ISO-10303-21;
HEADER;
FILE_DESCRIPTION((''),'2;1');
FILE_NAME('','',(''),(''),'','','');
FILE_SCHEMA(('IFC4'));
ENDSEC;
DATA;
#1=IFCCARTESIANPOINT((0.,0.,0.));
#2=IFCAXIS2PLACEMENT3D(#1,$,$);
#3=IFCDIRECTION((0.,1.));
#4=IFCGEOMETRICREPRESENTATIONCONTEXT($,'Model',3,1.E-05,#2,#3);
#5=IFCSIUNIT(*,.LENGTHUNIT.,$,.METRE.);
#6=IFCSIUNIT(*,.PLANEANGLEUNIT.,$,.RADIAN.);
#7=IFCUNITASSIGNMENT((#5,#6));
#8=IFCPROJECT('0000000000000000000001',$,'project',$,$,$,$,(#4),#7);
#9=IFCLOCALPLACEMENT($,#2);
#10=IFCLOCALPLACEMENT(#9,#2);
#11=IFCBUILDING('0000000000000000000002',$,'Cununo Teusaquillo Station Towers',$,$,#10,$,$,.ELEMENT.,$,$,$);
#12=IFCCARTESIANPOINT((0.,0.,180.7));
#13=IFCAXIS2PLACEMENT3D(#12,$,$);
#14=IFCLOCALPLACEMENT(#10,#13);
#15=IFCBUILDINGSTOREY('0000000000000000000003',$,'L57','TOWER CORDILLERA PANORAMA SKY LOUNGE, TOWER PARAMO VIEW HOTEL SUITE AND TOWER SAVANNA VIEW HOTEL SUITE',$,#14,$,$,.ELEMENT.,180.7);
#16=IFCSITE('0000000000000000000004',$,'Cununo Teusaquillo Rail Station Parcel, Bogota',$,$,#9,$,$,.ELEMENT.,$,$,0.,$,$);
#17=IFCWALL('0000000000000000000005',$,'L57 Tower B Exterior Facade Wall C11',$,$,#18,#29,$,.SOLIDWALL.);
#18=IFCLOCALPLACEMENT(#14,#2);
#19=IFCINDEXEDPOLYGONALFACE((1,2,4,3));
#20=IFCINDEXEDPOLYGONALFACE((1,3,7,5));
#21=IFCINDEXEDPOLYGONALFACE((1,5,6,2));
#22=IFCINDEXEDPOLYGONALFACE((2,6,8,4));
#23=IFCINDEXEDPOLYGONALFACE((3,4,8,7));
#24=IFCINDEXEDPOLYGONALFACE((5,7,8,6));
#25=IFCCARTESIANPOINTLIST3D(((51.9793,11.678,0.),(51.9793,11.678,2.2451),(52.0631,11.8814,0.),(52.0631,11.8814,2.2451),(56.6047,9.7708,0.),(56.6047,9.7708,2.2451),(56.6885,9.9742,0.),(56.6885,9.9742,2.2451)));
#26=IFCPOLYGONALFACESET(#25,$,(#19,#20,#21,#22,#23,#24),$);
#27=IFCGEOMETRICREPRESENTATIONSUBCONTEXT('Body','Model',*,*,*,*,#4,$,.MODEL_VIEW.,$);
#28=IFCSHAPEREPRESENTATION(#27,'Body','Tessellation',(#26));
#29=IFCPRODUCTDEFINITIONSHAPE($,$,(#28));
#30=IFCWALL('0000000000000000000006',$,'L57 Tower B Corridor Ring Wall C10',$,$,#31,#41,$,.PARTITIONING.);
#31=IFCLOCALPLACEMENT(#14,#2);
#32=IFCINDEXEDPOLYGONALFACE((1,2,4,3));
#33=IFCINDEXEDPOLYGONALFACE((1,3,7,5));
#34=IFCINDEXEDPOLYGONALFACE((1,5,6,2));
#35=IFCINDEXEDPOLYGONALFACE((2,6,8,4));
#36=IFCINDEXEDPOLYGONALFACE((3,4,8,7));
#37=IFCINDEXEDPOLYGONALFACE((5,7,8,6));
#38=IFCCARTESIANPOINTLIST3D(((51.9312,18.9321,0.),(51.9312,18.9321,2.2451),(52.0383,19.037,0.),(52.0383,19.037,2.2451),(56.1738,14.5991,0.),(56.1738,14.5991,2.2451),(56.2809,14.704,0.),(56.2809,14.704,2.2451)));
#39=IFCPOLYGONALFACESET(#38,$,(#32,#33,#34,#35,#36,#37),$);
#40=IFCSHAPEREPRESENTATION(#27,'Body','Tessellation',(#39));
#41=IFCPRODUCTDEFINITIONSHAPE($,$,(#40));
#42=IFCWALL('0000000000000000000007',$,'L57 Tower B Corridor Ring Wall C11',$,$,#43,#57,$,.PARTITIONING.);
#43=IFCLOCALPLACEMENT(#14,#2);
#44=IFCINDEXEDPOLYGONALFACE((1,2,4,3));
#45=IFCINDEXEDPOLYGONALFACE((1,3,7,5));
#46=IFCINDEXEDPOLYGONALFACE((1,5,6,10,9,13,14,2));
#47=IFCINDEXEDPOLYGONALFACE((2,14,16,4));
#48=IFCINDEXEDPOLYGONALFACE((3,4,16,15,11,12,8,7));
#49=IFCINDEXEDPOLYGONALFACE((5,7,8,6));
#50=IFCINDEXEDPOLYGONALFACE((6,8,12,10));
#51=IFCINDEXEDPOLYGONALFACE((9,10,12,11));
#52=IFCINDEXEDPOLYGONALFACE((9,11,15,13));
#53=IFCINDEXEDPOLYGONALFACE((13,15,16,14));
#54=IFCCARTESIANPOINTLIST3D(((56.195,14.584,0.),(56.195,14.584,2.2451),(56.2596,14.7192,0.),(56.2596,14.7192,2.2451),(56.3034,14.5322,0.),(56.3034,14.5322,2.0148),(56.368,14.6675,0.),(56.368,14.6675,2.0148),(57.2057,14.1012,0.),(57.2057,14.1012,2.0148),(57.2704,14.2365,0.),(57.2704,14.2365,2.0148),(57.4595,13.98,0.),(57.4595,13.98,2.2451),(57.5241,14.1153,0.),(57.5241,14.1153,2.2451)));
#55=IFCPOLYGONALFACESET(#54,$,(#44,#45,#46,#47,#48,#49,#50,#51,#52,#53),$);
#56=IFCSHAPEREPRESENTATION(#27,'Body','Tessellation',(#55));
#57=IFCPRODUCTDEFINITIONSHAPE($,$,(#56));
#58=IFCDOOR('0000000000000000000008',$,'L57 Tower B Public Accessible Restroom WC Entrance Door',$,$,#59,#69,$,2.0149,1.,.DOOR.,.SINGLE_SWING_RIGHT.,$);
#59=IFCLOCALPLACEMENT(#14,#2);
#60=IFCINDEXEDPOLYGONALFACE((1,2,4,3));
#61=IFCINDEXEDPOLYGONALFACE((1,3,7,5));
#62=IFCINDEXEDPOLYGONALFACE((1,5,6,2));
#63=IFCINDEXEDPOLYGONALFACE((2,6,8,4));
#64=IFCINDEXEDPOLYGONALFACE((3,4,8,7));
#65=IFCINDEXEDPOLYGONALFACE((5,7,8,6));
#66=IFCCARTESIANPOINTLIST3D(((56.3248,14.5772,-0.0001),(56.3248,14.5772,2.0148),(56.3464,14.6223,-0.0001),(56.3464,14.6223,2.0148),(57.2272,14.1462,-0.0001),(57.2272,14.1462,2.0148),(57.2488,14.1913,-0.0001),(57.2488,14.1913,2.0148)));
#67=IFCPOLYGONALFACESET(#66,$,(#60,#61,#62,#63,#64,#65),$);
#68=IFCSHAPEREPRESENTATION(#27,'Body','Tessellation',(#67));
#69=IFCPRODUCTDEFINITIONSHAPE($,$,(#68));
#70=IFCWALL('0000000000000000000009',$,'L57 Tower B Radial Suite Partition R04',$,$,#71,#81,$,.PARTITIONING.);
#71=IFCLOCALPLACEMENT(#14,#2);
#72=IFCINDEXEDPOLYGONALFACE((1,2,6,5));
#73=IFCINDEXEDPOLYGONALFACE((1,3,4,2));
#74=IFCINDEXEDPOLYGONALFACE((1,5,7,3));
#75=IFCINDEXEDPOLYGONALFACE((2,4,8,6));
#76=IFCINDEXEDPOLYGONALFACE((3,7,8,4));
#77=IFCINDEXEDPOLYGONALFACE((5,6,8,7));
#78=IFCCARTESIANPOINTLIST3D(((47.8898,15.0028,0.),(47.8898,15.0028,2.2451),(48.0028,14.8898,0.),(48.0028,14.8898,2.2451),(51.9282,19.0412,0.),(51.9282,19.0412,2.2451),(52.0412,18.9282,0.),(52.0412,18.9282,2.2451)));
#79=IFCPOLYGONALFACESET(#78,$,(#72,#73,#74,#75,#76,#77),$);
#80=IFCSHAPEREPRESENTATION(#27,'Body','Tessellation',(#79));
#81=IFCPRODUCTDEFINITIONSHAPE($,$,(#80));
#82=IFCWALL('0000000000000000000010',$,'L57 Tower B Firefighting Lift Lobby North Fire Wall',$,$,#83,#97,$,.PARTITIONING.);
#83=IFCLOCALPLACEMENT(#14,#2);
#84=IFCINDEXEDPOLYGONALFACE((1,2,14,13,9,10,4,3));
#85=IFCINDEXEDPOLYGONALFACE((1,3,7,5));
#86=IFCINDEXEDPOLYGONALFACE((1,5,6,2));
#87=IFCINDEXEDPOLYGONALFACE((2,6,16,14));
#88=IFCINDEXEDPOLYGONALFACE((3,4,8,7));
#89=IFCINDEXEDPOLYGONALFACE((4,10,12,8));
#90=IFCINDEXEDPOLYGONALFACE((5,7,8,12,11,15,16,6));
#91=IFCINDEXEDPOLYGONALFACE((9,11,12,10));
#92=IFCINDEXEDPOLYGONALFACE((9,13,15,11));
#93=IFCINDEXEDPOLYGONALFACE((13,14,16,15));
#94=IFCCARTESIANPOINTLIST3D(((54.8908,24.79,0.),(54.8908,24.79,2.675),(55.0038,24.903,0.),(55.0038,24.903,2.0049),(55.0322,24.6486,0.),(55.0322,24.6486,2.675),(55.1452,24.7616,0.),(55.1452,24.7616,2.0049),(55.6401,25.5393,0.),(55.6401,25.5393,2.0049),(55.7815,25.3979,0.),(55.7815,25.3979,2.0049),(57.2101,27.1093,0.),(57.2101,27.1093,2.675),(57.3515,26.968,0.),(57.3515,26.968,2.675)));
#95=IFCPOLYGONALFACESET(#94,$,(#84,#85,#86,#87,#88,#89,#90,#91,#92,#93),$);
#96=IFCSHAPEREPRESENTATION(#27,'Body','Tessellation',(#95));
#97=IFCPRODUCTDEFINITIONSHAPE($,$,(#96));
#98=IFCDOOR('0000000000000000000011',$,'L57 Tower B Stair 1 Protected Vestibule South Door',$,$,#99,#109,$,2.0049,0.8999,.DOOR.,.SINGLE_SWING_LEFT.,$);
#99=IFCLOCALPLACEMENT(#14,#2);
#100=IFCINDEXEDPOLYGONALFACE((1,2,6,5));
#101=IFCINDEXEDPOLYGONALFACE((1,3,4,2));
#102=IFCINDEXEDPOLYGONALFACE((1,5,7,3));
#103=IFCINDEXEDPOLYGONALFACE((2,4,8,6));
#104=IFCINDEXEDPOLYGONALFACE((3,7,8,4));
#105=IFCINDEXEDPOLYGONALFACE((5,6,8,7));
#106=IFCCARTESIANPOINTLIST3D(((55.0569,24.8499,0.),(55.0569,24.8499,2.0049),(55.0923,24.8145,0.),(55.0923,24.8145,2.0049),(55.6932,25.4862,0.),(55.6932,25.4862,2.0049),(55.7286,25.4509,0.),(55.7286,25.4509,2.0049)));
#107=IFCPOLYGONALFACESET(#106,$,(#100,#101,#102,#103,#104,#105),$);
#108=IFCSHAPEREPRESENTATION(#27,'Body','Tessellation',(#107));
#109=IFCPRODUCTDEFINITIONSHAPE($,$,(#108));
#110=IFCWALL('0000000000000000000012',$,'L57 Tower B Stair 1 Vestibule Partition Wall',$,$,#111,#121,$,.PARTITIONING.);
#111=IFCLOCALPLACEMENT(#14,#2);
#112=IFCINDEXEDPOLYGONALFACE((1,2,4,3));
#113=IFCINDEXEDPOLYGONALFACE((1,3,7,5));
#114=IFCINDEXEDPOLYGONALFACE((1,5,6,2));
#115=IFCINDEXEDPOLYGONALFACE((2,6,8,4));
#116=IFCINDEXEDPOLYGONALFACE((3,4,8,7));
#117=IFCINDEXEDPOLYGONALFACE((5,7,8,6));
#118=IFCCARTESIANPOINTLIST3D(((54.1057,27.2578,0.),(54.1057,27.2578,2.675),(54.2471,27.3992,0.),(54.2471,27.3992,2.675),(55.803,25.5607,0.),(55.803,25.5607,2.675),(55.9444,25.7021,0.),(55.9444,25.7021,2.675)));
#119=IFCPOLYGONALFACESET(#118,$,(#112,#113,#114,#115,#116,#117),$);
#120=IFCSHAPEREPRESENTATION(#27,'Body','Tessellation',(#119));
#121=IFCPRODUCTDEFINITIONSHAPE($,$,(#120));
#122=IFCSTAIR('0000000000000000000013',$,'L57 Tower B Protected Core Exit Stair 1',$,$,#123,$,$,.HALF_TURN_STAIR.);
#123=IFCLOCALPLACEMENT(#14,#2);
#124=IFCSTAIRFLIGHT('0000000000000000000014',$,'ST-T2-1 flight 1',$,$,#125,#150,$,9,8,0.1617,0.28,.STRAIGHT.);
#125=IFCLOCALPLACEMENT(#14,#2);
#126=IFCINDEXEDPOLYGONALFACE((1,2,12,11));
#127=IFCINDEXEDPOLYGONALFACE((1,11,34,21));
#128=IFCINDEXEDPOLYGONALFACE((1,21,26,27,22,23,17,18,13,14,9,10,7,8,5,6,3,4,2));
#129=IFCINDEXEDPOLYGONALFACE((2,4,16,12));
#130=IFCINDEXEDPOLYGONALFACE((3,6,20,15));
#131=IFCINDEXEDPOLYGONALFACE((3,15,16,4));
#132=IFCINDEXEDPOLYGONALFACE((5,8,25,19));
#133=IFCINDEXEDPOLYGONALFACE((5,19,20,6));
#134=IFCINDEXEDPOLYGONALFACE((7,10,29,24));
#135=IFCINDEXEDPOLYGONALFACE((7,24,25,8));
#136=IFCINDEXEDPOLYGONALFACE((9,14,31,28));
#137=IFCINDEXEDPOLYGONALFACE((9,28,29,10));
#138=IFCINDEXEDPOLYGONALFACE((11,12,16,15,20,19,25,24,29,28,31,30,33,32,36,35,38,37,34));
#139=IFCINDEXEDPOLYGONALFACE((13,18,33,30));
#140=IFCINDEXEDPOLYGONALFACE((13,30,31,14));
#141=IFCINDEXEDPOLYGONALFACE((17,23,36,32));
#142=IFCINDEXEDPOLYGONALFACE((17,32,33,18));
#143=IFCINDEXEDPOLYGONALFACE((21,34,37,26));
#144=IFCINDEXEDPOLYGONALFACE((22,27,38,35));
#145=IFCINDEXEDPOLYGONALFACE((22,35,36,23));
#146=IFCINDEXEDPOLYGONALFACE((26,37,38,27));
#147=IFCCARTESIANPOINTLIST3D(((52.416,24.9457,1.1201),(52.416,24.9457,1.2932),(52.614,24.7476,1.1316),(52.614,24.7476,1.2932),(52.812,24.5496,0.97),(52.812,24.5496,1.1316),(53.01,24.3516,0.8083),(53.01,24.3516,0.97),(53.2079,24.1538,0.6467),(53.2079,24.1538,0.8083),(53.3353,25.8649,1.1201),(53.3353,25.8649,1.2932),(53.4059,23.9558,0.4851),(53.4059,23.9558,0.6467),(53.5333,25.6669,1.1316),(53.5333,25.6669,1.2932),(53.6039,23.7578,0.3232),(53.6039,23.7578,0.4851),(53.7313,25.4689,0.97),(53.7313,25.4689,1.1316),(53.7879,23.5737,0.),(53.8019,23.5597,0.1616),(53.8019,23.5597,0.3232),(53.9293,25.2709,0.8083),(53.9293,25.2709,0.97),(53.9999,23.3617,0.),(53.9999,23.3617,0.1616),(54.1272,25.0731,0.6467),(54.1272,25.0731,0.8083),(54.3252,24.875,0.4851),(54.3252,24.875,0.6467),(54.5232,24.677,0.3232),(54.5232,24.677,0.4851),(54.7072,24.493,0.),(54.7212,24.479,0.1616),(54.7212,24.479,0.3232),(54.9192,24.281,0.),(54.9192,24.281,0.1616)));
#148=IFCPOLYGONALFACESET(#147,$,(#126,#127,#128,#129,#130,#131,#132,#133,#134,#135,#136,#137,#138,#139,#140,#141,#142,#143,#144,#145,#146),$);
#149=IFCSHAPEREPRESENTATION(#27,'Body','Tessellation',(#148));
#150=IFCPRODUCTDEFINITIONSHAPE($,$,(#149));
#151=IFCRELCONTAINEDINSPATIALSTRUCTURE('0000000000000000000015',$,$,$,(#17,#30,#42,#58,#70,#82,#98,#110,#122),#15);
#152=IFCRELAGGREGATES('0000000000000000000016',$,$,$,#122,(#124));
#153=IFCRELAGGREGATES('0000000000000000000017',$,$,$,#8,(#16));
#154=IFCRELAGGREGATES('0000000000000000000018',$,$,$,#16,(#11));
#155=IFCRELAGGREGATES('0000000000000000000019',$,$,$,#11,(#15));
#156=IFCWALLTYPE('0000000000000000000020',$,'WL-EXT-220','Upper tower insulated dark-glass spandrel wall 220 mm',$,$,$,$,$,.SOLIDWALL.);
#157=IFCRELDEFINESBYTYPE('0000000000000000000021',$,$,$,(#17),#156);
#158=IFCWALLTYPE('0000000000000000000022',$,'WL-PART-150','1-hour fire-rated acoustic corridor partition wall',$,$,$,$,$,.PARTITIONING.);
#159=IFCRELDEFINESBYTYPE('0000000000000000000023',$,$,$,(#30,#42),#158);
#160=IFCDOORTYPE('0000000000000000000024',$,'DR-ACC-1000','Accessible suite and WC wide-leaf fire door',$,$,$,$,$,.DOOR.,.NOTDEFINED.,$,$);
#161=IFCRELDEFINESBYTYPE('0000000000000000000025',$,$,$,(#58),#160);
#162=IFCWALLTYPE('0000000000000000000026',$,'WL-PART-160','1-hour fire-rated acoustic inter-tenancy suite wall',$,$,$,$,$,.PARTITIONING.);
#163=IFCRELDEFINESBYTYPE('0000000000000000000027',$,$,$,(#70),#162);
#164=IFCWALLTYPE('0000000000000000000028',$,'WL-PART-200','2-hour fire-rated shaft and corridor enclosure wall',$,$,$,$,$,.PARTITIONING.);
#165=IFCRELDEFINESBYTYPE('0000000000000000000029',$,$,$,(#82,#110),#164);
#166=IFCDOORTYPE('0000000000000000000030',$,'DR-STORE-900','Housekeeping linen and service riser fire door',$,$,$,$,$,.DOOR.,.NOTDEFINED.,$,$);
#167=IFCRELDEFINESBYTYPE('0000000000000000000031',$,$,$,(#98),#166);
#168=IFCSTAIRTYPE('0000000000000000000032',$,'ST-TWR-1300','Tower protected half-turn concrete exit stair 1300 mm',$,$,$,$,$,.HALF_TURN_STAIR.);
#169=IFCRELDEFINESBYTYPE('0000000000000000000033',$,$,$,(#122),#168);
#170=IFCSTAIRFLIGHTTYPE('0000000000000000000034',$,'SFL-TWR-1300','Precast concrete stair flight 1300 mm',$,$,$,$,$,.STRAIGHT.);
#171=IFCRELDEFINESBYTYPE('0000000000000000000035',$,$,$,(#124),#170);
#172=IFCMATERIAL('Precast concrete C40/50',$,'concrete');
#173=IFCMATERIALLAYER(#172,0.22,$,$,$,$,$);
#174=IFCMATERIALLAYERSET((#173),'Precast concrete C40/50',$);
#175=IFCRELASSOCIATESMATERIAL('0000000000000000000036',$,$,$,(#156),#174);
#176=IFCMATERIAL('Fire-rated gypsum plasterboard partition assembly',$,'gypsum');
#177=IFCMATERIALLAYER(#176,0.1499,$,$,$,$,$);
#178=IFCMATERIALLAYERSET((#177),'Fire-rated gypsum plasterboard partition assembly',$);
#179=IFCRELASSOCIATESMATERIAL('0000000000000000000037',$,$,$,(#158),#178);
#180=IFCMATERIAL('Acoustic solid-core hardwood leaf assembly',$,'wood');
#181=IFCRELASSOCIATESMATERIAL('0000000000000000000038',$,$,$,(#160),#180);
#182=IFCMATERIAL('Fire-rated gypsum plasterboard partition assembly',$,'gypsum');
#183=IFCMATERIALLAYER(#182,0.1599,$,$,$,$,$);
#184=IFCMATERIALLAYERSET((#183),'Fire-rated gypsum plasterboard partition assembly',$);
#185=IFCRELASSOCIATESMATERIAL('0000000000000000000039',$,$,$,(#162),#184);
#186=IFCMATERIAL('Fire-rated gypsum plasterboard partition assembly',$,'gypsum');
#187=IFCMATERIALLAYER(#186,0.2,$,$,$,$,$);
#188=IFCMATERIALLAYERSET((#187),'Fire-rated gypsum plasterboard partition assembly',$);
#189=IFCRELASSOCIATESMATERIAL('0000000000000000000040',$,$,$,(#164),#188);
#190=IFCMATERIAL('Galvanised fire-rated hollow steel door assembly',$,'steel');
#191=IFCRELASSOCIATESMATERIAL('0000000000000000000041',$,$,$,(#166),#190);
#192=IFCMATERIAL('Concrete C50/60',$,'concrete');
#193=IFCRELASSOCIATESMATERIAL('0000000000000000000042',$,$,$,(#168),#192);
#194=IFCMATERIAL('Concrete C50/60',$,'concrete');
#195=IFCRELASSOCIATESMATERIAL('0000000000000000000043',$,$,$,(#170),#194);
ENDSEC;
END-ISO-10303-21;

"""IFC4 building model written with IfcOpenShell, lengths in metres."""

from ifc_helpers import new_model, si_unit, direction, frame, frame_2d, origin, place, context, subcontext, project, spatial, polyline, rectangle, outline, extrude, source, transform, mapped, material, layer, layer_set, type_object, element, fill, aggregate, save


model = new_model("IFC4")

# Units and contexts
model_context = context("Model", 3, precision=1e-05, world=origin(), true_north=direction((0.0, 1.0)))
body_context = subcontext(model_context, "Body", "Model", "MODEL_VIEW")
ifc_project = project(units=[si_unit("LENGTHUNIT", "METRE"), si_unit("PLANEANGLEUNIT", "RADIAN")], contexts=[model_context])

# Site, building, storey
site_placement = place(None, origin())
site = spatial("IfcSite", under=ifc_project, at=site_placement, Name="Cununo Teusaquillo Rail Station Parcel, Bogota", CompositionType="ELEMENT", RefElevation=0.0)
building_placement = place(site_placement, origin())
building = spatial("IfcBuilding", under=site, at=building_placement, Name="Cununo Teusaquillo Station Towers", CompositionType="ELEMENT")
storey_placement = place(building_placement, frame((0.0, 0.0, 180.7)))
storey = spatial("IfcBuildingStorey", under=building, at=storey_placement, Name="L57", Description="TOWER CORDILLERA PANORAMA SKY LOUNGE, TOWER PARAMO VIEW HOTEL SUITE AND TOWER SAVANNA VIEW HOTEL SUITE", CompositionType="ELEMENT", Elevation=180.7)

# Shared definitions
ifc_material_1 = material(Name="Precast concrete C40/50", Category="concrete")
ifc_layer_1 = layer(ifc_material_1, 0.22)
ifc_layer_set_1 = layer_set([ifc_layer_1], Name="Precast concrete C40/50")
wall_type_1 = type_object("IfcWallType", Name="WL-EXT-220", Description="Upper tower insulated dark-glass spandrel wall 220 mm", PredefinedType="SOLIDWALL", material=ifc_layer_set_1)

# Walls
wall_1_placement = place(storey_placement, frame((56.6465, 9.8726, 0.0), z_axis=(0.0, 0.0, 1.0), x_axis=(-0.924494, 0.381196, 0.0)))
element("IfcWall", 1, at=wall_1_placement, inside=storey, type_object=wall_type_1, Name="L57 Tower B Exterior Facade Wall C11", PredefinedType="SOLIDWALL", context=body_context, shape_type="SweptSolid", body=[
    extrude(rectangle(XDim=5.0032, YDim=0.22, at=frame_2d((2.5015, 0.0))), origin(), (0.0, 0.0, 1.0), 2.2451),
])
ifc_material_2 = material(Name="Fire-rated gypsum plasterboard partition assembly", Category="gypsum")
ifc_layer_2 = layer(ifc_material_2, 0.1499)
ifc_layer_set_2 = layer_set([ifc_layer_2], Name="Fire-rated gypsum plasterboard partition assembly")
wall_type_2 = type_object("IfcWallType", Name="WL-PART-150", Description="1-hour fire-rated acoustic corridor partition wall", PredefinedType="PARTITIONING", material=ifc_layer_set_2)
wall_2_placement = place(storey_placement, frame((51.9846, 18.9846, 0.0), z_axis=(0.0, 0.0, 1.0), x_axis=(0.69962, -0.714515, 0.0)))
element("IfcWall", 2, at=wall_2_placement, inside=storey, type_object=wall_type_2, Name="L57 Tower B Corridor Ring Wall C10", PredefinedType="PARTITIONING", context=body_context, shape_type="SweptSolid", body=[
    extrude(rectangle(XDim=6.0642, YDim=0.1499, at=frame_2d((3.0322, 0.0))), origin(), (0.0, 0.0, 1.0), 2.2451),
])

# Wall, opening, door
wall_3_placement = place(storey_placement, frame((56.2273, 14.6516, 0.0), z_axis=(0.0, 0.0, 1.0), x_axis=(0.902364, -0.430975, 0.0)))
wall_3 = element("IfcWall", 3, at=wall_3_placement, inside=storey, type_object=wall_type_2, Name="L57 Tower B Corridor Ring Wall C11", PredefinedType="PARTITIONING", context=body_context, shape_type="SweptSolid", body=[
    extrude(rectangle(XDim=1.4014, YDim=0.1499, at=frame_2d((0.7007, 0.0))), origin(), (0.0, 0.0, 1.0), 2.2451),
])
shared_shape_1 = source(origin(), body_context, "Body", "SweptSolid", [
    extrude(rectangle(XDim=1.0, YDim=2.0149, at=frame_2d((0.5, 1.0073))), frame((0.0, 0.085, 0.0), z_axis=(0.0, -1.0, 0.0), x_axis=(1.0, 0.0, 0.0)), (0.0, 0.0, 1.0), 0.1699),
])
opening_1_placement = place(wall_3_placement, frame((0.1201, 0.0, 0.0)))
opening_1 = element("IfcOpeningElement", 4, at=opening_1_placement, cuts=wall_3, PredefinedType="OPENING", context=body_context, shape_type="MappedRepresentation", body=[
    mapped(shared_shape_1, transform((0.0, 0.0, 0.0), x_axis=(1.0, 0.0, 0.0), y_axis=(0.0, 1.0, 0.0), z_axis=(0.0, 0.0, 1.0), scale=1.0)),
])
ifc_material_3 = material(Name="Acoustic solid-core hardwood leaf assembly", Category="wood")
door_type_1 = type_object("IfcDoorType", Name="DR-ACC-1000", Description="Accessible suite and WC wide-leaf fire door", OperationType="NOTDEFINED", PredefinedType="DOOR", material=ifc_material_3)
shared_shape_2 = source(origin(), body_context, "Body", "SweptSolid", [
    extrude(rectangle(XDim=1.0, YDim=2.0149, at=frame_2d((0.5, 1.0073))), frame((0.0, 0.0249, 0.0), z_axis=(0.0, -1.0, 0.0), x_axis=(1.0, 0.0, 0.0)), (0.0, 0.0, 1.0), 0.05),
])
door_1_placement = place(opening_1_placement, origin())
door_1 = element("IfcDoor", 5, at=door_1_placement, inside=storey, type_object=door_type_1, Name="L57 Tower B Public Accessible Restroom WC Entrance Door", OperationType="SINGLE_SWING_RIGHT", OverallHeight=2.0149, OverallWidth=1.0, PredefinedType="DOOR", context=body_context, shape_type="MappedRepresentation", body=[
    mapped(shared_shape_2, transform((0.0, 0.0, 0.0), x_axis=(1.0, 0.0, 0.0), y_axis=(0.0, 1.0, 0.0), z_axis=(0.0, 0.0, 1.0), scale=1.0)),
])
fill(opening_1, door_1)

# Wall
ifc_material_4 = material(Name="Fire-rated gypsum plasterboard partition assembly", Category="gypsum")
ifc_layer_3 = layer(ifc_material_4, 0.1599)
ifc_layer_set_3 = layer_set([ifc_layer_3], Name="Fire-rated gypsum plasterboard partition assembly")
wall_type_3 = type_object("IfcWallType", Name="WL-PART-160", Description="1-hour fire-rated acoustic inter-tenancy suite wall", PredefinedType="PARTITIONING", material=ifc_layer_set_3)
wall_4_placement = place(storey_placement, frame((51.9846, 18.9846, 0.0), z_axis=(0.0, 0.0, 1.0), x_axis=(-0.707107, -0.707107, 0.0)))
element("IfcWall", 6, at=wall_4_placement, inside=storey, type_object=wall_type_3, Name="L57 Tower B Radial Suite Partition R04", PredefinedType="PARTITIONING", context=body_context, shape_type="SweptSolid", body=[
    extrude(rectangle(XDim=5.7112, YDim=0.1599, at=frame_2d((2.8555, 0.0))), origin(), (0.0, 0.0, 1.0), 2.2451),
])

# Wall, opening, door
ifc_material_5 = material(Name="Fire-rated gypsum plasterboard partition assembly", Category="gypsum")
ifc_layer_4 = layer(ifc_material_5, 0.2)
ifc_layer_set_4 = layer_set([ifc_layer_4], Name="Fire-rated gypsum plasterboard partition assembly")
wall_type_4 = type_object("IfcWallType", Name="WL-PART-200", Description="2-hour fire-rated shaft and corridor enclosure wall", PredefinedType="PARTITIONING", material=ifc_layer_set_4)
wall_5_placement = place(storey_placement, frame((54.9614, 24.7192, 0.0), z_axis=(0.0, 0.0, 1.0), x_axis=(0.707107, 0.707107, 0.0)))
wall_5 = element("IfcWall", 7, at=wall_5_placement, inside=storey, type_object=wall_type_4, Name="L57 Tower B Firefighting Lift Lobby North Fire Wall", PredefinedType="PARTITIONING", context=body_context, shape_type="SweptSolid", body=[
    extrude(rectangle(XDim=3.28, YDim=0.2, at=frame_2d((1.6401, 0.0))), origin(), (0.0, 0.0, 1.0), 2.675),
])
shared_shape_3 = source(origin(), body_context, "Body", "SweptSolid", [
    extrude(rectangle(XDim=0.8999, YDim=2.0049, at=frame_2d((0.45, 1.0024))), frame((0.0, 0.1099, 0.0), z_axis=(0.0, -1.0, 0.0), x_axis=(1.0, 0.0, 0.0)), (0.0, 0.0, 1.0), 0.22),
])
opening_2_placement = place(wall_5_placement, frame((0.1599, 0.0, 0.0)))
opening_2 = element("IfcOpeningElement", 8, at=opening_2_placement, cuts=wall_5, PredefinedType="OPENING", context=body_context, shape_type="MappedRepresentation", body=[
    mapped(shared_shape_3, transform((0.0, 0.0, 0.0), x_axis=(1.0, 0.0, 0.0), y_axis=(0.0, 1.0, 0.0), z_axis=(0.0, 0.0, 1.0), scale=1.0)),
])
ifc_material_6 = material(Name="Galvanised fire-rated hollow steel door assembly", Category="steel")
door_type_2 = type_object("IfcDoorType", Name="DR-STORE-900", Description="Housekeeping linen and service riser fire door", OperationType="NOTDEFINED", PredefinedType="DOOR", material=ifc_material_6)
shared_shape_4 = source(origin(), body_context, "Body", "SweptSolid", [
    extrude(rectangle(XDim=0.8999, YDim=2.0049, at=frame_2d((0.45, 1.0024))), frame((0.0, 0.0249, 0.0), z_axis=(0.0, -1.0, 0.0), x_axis=(1.0, 0.0, 0.0)), (0.0, 0.0, 1.0), 0.05),
])
door_2_placement = place(opening_2_placement, origin())
door_2 = element("IfcDoor", 9, at=door_2_placement, inside=storey, type_object=door_type_2, Name="L57 Tower B Stair 1 Protected Vestibule South Door", OperationType="SINGLE_SWING_LEFT", OverallHeight=2.0049, OverallWidth=0.8999, PredefinedType="DOOR", context=body_context, shape_type="MappedRepresentation", body=[
    mapped(shared_shape_4, transform((0.0, 0.0, 0.0), x_axis=(1.0, 0.0, 0.0), y_axis=(0.0, 1.0, 0.0), z_axis=(0.0, 0.0, 1.0), scale=1.0)),
])
fill(opening_2, door_2)

# Wall
wall_6_placement = place(storey_placement, frame((55.8738, 25.6313, 0.0), z_axis=(0.0, 0.0, 1.0), x_axis=(-0.707158, 0.707056, 0.0)))
element("IfcWall", 10, at=wall_6_placement, inside=storey, type_object=wall_type_4, Name="L57 Tower B Stair 1 Vestibule Partition Wall", PredefinedType="PARTITIONING", context=body_context, shape_type="SweptSolid", body=[
    extrude(rectangle(XDim=2.4001, YDim=0.2, at=frame_2d((1.2002, 0.0))), origin(), (0.0, 0.0, 1.0), 2.675),
])

# Stair, stair flight
ifc_material_7 = material(Name="Concrete C50/60", Category="concrete")
stair_type = type_object("IfcStairType", Name="ST-TWR-1300", Description="Tower protected half-turn concrete exit stair 1300 mm", PredefinedType="HALF_TURN_STAIR", material=ifc_material_7)
stair_placement = place(storey_placement, origin())
stair = element("IfcStair", 11, at=stair_placement, inside=storey, type_object=stair_type, Name="L57 Tower B Protected Core Exit Stair 1", PredefinedType="HALF_TURN_STAIR")
ifc_material_8 = material(Name="Concrete C50/60", Category="concrete")
stair_flight_type = type_object("IfcStairFlightType", Name="SFL-TWR-1300", Description="Precast concrete stair flight 1300 mm", PredefinedType="STRAIGHT", material=ifc_material_8)
stair_flight_1_placement = place(storey_placement, frame((54.4595, 23.8213, 0.0), z_axis=(0.0, 0.0, 1.0), x_axis=(-0.707107, 0.707107, 0.0)))
stair_flight_1 = element("IfcStairFlight", 12, at=stair_flight_1_placement, type_object=stair_flight_type, Name="ST-T2-1 flight 1", NumberOfRisers=9, NumberOfTreads=8, PredefinedType="STRAIGHT", RiserHeight=0.1617, TreadLength=0.28, context=body_context, shape_type="SweptSolid", body=[
    extrude(outline(polyline([(0.0, 0.0), (0.0, 0.1616), (0.28, 0.1616), (0.28, 0.3232), (0.5601, 0.3232), (0.5601, 0.4851), (0.8401, 0.4851), (0.8401, 0.6467), (1.1201, 0.6467), (1.1201, 0.8083), (1.3999, 0.8083), (1.3999, 0.97), (1.6799, 0.97), (1.6799, 1.1316), (1.96, 1.1316), (1.96, 1.2932), (2.24, 1.2932), (2.24, 1.4551), (2.24, 1.1201), (0.2998, 0.0), (0.0, 0.0)])), frame((0.0, 0.6499, 0.0), z_axis=(0.0, -1.0, 0.0), x_axis=(1.0, 0.0, 0.0)), (0.0, 0.0, 1.0), 1.3),
])
aggregate(stair, [stair_flight_1])

save(model, "model.ifc")
